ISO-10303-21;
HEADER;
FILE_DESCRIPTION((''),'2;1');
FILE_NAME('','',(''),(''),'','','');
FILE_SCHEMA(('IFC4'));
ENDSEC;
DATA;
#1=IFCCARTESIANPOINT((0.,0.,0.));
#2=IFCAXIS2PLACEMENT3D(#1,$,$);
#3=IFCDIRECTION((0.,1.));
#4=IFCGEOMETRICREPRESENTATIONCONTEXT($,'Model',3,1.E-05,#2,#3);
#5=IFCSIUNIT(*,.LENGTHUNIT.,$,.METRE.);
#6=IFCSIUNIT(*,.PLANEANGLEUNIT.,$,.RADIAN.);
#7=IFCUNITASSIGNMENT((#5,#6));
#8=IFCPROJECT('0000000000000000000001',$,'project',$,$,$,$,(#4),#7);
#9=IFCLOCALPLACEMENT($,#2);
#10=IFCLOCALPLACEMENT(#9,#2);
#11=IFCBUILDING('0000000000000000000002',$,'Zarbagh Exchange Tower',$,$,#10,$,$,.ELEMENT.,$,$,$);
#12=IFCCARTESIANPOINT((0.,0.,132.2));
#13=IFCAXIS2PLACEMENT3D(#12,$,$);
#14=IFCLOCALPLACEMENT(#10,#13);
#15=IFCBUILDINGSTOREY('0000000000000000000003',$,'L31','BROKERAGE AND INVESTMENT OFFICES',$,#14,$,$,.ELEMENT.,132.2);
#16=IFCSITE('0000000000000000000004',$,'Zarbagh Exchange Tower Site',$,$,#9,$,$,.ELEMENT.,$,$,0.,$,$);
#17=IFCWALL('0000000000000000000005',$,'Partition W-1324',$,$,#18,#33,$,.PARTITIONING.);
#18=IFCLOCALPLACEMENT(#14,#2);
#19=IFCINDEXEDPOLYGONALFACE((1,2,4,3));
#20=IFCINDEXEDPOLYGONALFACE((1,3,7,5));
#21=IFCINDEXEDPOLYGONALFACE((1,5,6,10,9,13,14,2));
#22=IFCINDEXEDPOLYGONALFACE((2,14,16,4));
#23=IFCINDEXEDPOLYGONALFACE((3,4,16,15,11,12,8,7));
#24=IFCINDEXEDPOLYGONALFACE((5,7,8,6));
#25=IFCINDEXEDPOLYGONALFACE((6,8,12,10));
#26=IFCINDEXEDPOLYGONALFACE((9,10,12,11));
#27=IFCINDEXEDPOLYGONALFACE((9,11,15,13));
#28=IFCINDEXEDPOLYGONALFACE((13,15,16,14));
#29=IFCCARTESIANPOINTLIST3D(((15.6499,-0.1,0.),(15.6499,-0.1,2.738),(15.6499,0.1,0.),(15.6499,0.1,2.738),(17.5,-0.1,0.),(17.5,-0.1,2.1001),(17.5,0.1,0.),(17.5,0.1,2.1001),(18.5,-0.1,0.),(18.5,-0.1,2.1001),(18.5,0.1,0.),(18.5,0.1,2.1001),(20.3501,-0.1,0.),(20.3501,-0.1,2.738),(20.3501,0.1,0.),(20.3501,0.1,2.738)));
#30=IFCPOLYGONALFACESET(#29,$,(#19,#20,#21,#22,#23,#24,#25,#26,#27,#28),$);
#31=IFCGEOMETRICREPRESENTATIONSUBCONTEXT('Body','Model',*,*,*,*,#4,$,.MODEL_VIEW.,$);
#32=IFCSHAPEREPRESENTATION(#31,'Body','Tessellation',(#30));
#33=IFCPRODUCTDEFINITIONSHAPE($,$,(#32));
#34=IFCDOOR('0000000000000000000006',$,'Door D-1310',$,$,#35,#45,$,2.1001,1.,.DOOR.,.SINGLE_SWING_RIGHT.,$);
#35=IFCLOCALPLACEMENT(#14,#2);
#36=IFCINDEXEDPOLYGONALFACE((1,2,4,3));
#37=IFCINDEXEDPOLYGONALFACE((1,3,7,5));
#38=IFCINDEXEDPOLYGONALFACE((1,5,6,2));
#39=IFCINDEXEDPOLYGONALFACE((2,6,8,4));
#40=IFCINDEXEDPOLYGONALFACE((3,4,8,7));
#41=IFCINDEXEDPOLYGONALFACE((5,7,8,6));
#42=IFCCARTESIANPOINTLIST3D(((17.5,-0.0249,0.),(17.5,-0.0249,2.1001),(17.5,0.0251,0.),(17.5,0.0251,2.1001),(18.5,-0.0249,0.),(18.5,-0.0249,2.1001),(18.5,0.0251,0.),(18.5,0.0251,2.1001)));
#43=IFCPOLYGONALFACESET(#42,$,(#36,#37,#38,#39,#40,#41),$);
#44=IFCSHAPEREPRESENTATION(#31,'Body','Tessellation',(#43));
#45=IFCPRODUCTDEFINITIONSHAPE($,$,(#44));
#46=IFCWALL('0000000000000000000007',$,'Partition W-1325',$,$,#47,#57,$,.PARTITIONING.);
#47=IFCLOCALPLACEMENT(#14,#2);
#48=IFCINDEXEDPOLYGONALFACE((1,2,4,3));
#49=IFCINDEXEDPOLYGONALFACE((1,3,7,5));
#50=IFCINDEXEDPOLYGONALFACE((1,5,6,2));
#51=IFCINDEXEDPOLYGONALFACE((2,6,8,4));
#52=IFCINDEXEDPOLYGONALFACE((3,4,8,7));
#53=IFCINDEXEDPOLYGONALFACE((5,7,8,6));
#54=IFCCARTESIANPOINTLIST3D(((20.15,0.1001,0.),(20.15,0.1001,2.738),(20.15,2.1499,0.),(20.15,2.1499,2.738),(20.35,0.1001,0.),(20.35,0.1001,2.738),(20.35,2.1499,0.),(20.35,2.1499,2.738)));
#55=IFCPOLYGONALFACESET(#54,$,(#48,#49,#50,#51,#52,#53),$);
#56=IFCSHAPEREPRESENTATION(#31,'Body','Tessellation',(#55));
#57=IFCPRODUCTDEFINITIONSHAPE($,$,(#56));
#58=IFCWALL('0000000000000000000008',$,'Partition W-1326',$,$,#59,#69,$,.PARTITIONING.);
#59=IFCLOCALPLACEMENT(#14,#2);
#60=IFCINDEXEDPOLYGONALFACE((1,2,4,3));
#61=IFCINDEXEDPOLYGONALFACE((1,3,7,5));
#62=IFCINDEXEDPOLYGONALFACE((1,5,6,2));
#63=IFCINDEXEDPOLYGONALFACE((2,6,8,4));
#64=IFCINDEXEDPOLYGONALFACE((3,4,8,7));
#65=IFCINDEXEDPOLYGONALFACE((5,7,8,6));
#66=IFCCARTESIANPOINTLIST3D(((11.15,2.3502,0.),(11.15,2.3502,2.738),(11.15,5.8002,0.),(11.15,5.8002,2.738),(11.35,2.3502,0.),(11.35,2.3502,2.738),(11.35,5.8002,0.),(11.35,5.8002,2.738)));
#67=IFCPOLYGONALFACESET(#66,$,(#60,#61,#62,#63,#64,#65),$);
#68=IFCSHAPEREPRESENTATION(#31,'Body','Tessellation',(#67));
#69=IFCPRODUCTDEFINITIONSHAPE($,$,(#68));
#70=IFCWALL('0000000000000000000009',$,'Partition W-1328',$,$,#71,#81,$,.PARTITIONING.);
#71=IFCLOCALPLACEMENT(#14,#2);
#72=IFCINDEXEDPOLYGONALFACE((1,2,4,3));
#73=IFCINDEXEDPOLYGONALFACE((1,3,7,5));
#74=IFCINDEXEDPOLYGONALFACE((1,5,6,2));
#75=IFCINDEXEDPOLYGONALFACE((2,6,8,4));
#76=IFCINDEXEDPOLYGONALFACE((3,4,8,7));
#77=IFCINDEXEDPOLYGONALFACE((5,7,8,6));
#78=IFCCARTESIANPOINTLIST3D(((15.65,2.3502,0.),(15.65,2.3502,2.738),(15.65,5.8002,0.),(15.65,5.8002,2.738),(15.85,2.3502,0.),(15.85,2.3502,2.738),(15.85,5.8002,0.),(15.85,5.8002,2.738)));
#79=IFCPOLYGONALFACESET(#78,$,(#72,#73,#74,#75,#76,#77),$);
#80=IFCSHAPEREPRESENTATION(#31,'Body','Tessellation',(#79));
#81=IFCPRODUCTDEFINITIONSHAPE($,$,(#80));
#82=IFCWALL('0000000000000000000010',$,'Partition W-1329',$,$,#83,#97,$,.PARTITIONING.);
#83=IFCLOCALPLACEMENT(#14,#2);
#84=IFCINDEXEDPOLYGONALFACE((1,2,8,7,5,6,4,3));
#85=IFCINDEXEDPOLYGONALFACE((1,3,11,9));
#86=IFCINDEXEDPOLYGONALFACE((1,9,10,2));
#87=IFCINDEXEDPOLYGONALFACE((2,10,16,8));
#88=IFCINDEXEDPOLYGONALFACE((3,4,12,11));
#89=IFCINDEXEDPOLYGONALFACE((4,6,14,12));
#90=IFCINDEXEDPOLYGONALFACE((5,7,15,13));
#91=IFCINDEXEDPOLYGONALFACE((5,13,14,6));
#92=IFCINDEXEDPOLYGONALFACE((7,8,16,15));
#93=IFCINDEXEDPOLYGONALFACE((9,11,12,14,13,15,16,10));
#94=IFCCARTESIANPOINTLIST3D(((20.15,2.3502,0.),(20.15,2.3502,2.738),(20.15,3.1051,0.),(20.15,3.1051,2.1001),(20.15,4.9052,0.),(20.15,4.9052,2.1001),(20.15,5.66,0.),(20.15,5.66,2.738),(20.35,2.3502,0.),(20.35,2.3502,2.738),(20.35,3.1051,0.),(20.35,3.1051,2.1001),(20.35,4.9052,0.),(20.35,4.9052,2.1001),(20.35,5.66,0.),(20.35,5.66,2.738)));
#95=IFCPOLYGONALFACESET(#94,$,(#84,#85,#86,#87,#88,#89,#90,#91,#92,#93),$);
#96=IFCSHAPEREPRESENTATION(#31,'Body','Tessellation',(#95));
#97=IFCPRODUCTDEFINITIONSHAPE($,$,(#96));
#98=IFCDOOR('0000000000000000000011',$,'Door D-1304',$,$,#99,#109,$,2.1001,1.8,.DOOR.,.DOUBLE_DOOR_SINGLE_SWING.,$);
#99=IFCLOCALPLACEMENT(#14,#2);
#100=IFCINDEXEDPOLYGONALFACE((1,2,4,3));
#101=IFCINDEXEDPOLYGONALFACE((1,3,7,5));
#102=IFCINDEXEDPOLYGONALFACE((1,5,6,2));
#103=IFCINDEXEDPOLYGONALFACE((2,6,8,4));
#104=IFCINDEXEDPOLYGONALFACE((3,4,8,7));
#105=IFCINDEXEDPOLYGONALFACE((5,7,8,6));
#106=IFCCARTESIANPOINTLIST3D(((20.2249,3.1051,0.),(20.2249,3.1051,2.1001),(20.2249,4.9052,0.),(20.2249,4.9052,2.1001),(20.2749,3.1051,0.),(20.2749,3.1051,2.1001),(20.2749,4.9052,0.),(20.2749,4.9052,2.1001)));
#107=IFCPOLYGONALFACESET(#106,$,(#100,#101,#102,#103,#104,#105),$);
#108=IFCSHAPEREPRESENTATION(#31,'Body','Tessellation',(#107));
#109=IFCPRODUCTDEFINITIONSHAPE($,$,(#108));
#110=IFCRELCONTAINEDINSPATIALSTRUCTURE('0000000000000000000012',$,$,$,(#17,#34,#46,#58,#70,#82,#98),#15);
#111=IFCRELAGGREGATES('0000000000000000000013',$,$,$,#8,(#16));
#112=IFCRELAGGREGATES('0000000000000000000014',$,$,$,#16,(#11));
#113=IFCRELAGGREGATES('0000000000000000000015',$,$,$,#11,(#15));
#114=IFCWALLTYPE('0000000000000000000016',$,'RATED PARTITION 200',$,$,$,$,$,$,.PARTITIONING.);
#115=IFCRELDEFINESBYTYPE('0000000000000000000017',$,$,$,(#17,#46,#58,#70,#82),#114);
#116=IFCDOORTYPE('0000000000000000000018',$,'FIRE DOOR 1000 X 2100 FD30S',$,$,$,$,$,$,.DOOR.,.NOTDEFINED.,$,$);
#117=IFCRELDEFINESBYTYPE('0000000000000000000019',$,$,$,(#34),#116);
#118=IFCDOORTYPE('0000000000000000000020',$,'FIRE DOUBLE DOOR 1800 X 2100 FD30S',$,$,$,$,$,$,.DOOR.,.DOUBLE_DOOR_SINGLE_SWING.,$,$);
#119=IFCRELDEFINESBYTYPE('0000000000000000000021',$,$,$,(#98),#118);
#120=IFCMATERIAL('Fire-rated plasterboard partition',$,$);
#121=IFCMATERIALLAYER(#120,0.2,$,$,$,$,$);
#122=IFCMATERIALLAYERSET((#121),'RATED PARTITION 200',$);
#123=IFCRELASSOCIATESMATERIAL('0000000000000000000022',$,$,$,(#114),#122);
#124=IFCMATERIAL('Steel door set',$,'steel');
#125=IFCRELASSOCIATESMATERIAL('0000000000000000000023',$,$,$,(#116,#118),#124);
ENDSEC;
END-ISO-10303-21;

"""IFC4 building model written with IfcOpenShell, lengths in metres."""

from ifc_helpers import new_model, si_unit, direction, frame, frame_2d, origin, place, context, subcontext, project, spatial, rectangle, extrude, material, layer, layer_set, type_object, element, fill, save


model = new_model("IFC4")

# Units and contexts
model_context = context("Model", 3, precision=1e-05, world=origin(), true_north=direction((0.0, 1.0)))
body_context = subcontext(model_context, "Body", "Model", "MODEL_VIEW")
ifc_project = project(units=[si_unit("LENGTHUNIT", "METRE"), si_unit("PLANEANGLEUNIT", "RADIAN")], contexts=[model_context])

# Site, building, storey
site_placement = place(None, origin())
site = spatial("IfcSite", under=ifc_project, at=site_placement, Name="Zarbagh Exchange Tower Site", CompositionType="ELEMENT", RefElevation=0.0)
building_placement = place(site_placement, origin())
building = spatial("IfcBuilding", under=site, at=building_placement, Name="Zarbagh Exchange Tower", CompositionType="ELEMENT")
storey_placement = place(building_placement, frame((0.0, 0.0, 132.2)))
storey = spatial("IfcBuildingStorey", under=building, at=storey_placement, Name="L31", Description="BROKERAGE AND INVESTMENT OFFICES", CompositionType="ELEMENT", Elevation=132.2)

# Wall, opening, door
ifc_material_1 = material(Name="Fire-rated plasterboard partition")
ifc_layer = layer(ifc_material_1, 0.2)
ifc_layer_set = layer_set([ifc_layer], Name="RATED PARTITION 200")
wall_type = type_object("IfcWallType", Name="RATED PARTITION 200", PredefinedType="PARTITIONING", material=ifc_layer_set)
ifc_material_2 = material(Name="Steel door set", Category="steel")
door_type_1 = type_object("IfcDoorType", Name="FIRE DOOR 1000 X 2100 FD30S", OperationType="NOTDEFINED", PredefinedType="DOOR", material=ifc_material_2)
wall_1_placement = place(storey_placement, frame((20.3501, 0.0, 0.0), z_axis=(0.0, 0.0, 1.0), x_axis=(-1.0, 0.0, 0.0)))
wall_1 = element("IfcWall", 1, at=wall_1_placement, inside=storey, type_object=wall_type, Name="Partition W-1324", PredefinedType="PARTITIONING", context=body_context, shape_type="SweptSolid", body=[
    extrude(rectangle(XDim=4.7002, YDim=0.2, at=frame_2d((2.3501, 0.0))), origin(), (0.0, 0.0, 1.0), 2.738),
])
opening_1_placement = place(wall_1_placement, frame((1.8501, 0.0, 0.0)))
opening_1 = element("IfcOpeningElement", 2, at=opening_1_placement, cuts=wall_1, PredefinedType="OPENING", context=body_context, shape_type="SweptSolid", body=[
    extrude(rectangle(XDim=1.0, YDim=2.1001, at=frame_2d((0.5, 1.05))), frame((0.0, 0.1099, 0.0), z_axis=(0.0, -1.0, 0.0), x_axis=(1.0, 0.0, 0.0)), (0.0, 0.0, 1.0), 0.22),
])
door_1_placement = place(opening_1_placement, origin())
door_1 = element("IfcDoor", 3, at=door_1_placement, inside=storey, type_object=door_type_1, Name="Door D-1310", OperationType="SINGLE_SWING_RIGHT", OverallHeight=2.1001, OverallWidth=1.0, PredefinedType="DOOR", context=body_context, shape_type="SweptSolid", body=[
    extrude(rectangle(XDim=1.0, YDim=2.1001, at=frame_2d((0.5, 1.05))), frame((0.0, 0.0249, 0.0), z_axis=(0.0, -1.0, 0.0), x_axis=(1.0, 0.0, 0.0)), (0.0, 0.0, 1.0), 0.05),
])
fill(opening_1, door_1)

# Walls
wall_2_placement = place(storey_placement, frame((20.25, 0.1001, 0.0), z_axis=(0.0, 0.0, 1.0), x_axis=(0.0, 1.0, 0.0)))
element("IfcWall", 4, at=wall_2_placement, inside=storey, type_object=wall_type, Name="Partition W-1325", PredefinedType="PARTITIONING", context=body_context, shape_type="SweptSolid", body=[
    extrude(rectangle(XDim=2.0498, YDim=0.2, at=frame_2d((1.0249, 0.0))), origin(), (0.0, 0.0, 1.0), 2.738),
])
for number, where, z_axis, x_axis, name in (
    (5, (11.25, 2.3501, 0.0), (0.0, 0.0, 1.0), (0.0, 1.0, 0.0), "Partition W-1326"),
    (6, (15.75, 2.3501, 0.0), (0.0, 0.0, 1.0), (0.0, 1.0, 0.0), "Partition W-1328"),
):
    element("IfcWall", number, at=place(storey_placement, frame(where, z_axis=z_axis, x_axis=x_axis)), inside=storey, type_object=wall_type, Name=name, PredefinedType="PARTITIONING", context=body_context, shape_type="SweptSolid", body=[
        extrude(rectangle(XDim=3.45, YDim=0.2, at=frame_2d((1.7251, 0.0))), origin(), (0.0, 0.0, 1.0), 2.738),
    ])

# Wall, opening, door
wall_3_placement = place(storey_placement, frame((20.25, 5.6599, 0.0), z_axis=(0.0, 0.0, 1.0), x_axis=(0.0, -1.0, 0.0)))
wall_3 = element("IfcWall", 7, at=wall_3_placement, inside=storey, type_object=wall_type, Name="Partition W-1329", PredefinedType="PARTITIONING", context=body_context, shape_type="SweptSolid", body=[
    extrude(rectangle(XDim=3.3098, YDim=0.2, at=frame_2d((1.6548, 0.0))), origin(), (0.0, 0.0, 1.0), 2.738),
])
opening_2_placement = place(wall_3_placement, frame((0.7549, 0.0, 0.0)))
opening_2 = element("IfcOpeningElement", 8, at=opening_2_placement, cuts=wall_3, PredefinedType="OPENING", context=body_context, shape_type="SweptSolid", body=[
    extrude(rectangle(XDim=1.8, YDim=2.1001, at=frame_2d((0.8999, 1.05))), frame((0.0, 0.1099, 0.0), z_axis=(0.0, -1.0, 0.0), x_axis=(1.0, 0.0, 0.0)), (0.0, 0.0, 1.0), 0.22),
])
door_type_2 = type_object("IfcDoorType", Name="FIRE DOUBLE DOOR 1800 X 2100 FD30S", OperationType="DOUBLE_DOOR_SINGLE_SWING", PredefinedType="DOOR", material=ifc_material_2)
door_2_placement = place(opening_2_placement, origin())
door_2 = element("IfcDoor", 9, at=door_2_placement, inside=storey, type_object=door_type_2, Name="Door D-1304", OperationType="DOUBLE_DOOR_SINGLE_SWING", OverallHeight=2.1001, OverallWidth=1.8, PredefinedType="DOOR", context=body_context, shape_type="SweptSolid", body=[
    extrude(rectangle(XDim=1.8, YDim=2.1001, at=frame_2d((0.8999, 1.05))), frame((0.0, 0.0249, 0.0), z_axis=(0.0, -1.0, 0.0), x_axis=(1.0, 0.0, 0.0)), (0.0, 0.0, 1.0), 0.05),
])
fill(opening_2, door_2)

save(model, "model.ifc")
